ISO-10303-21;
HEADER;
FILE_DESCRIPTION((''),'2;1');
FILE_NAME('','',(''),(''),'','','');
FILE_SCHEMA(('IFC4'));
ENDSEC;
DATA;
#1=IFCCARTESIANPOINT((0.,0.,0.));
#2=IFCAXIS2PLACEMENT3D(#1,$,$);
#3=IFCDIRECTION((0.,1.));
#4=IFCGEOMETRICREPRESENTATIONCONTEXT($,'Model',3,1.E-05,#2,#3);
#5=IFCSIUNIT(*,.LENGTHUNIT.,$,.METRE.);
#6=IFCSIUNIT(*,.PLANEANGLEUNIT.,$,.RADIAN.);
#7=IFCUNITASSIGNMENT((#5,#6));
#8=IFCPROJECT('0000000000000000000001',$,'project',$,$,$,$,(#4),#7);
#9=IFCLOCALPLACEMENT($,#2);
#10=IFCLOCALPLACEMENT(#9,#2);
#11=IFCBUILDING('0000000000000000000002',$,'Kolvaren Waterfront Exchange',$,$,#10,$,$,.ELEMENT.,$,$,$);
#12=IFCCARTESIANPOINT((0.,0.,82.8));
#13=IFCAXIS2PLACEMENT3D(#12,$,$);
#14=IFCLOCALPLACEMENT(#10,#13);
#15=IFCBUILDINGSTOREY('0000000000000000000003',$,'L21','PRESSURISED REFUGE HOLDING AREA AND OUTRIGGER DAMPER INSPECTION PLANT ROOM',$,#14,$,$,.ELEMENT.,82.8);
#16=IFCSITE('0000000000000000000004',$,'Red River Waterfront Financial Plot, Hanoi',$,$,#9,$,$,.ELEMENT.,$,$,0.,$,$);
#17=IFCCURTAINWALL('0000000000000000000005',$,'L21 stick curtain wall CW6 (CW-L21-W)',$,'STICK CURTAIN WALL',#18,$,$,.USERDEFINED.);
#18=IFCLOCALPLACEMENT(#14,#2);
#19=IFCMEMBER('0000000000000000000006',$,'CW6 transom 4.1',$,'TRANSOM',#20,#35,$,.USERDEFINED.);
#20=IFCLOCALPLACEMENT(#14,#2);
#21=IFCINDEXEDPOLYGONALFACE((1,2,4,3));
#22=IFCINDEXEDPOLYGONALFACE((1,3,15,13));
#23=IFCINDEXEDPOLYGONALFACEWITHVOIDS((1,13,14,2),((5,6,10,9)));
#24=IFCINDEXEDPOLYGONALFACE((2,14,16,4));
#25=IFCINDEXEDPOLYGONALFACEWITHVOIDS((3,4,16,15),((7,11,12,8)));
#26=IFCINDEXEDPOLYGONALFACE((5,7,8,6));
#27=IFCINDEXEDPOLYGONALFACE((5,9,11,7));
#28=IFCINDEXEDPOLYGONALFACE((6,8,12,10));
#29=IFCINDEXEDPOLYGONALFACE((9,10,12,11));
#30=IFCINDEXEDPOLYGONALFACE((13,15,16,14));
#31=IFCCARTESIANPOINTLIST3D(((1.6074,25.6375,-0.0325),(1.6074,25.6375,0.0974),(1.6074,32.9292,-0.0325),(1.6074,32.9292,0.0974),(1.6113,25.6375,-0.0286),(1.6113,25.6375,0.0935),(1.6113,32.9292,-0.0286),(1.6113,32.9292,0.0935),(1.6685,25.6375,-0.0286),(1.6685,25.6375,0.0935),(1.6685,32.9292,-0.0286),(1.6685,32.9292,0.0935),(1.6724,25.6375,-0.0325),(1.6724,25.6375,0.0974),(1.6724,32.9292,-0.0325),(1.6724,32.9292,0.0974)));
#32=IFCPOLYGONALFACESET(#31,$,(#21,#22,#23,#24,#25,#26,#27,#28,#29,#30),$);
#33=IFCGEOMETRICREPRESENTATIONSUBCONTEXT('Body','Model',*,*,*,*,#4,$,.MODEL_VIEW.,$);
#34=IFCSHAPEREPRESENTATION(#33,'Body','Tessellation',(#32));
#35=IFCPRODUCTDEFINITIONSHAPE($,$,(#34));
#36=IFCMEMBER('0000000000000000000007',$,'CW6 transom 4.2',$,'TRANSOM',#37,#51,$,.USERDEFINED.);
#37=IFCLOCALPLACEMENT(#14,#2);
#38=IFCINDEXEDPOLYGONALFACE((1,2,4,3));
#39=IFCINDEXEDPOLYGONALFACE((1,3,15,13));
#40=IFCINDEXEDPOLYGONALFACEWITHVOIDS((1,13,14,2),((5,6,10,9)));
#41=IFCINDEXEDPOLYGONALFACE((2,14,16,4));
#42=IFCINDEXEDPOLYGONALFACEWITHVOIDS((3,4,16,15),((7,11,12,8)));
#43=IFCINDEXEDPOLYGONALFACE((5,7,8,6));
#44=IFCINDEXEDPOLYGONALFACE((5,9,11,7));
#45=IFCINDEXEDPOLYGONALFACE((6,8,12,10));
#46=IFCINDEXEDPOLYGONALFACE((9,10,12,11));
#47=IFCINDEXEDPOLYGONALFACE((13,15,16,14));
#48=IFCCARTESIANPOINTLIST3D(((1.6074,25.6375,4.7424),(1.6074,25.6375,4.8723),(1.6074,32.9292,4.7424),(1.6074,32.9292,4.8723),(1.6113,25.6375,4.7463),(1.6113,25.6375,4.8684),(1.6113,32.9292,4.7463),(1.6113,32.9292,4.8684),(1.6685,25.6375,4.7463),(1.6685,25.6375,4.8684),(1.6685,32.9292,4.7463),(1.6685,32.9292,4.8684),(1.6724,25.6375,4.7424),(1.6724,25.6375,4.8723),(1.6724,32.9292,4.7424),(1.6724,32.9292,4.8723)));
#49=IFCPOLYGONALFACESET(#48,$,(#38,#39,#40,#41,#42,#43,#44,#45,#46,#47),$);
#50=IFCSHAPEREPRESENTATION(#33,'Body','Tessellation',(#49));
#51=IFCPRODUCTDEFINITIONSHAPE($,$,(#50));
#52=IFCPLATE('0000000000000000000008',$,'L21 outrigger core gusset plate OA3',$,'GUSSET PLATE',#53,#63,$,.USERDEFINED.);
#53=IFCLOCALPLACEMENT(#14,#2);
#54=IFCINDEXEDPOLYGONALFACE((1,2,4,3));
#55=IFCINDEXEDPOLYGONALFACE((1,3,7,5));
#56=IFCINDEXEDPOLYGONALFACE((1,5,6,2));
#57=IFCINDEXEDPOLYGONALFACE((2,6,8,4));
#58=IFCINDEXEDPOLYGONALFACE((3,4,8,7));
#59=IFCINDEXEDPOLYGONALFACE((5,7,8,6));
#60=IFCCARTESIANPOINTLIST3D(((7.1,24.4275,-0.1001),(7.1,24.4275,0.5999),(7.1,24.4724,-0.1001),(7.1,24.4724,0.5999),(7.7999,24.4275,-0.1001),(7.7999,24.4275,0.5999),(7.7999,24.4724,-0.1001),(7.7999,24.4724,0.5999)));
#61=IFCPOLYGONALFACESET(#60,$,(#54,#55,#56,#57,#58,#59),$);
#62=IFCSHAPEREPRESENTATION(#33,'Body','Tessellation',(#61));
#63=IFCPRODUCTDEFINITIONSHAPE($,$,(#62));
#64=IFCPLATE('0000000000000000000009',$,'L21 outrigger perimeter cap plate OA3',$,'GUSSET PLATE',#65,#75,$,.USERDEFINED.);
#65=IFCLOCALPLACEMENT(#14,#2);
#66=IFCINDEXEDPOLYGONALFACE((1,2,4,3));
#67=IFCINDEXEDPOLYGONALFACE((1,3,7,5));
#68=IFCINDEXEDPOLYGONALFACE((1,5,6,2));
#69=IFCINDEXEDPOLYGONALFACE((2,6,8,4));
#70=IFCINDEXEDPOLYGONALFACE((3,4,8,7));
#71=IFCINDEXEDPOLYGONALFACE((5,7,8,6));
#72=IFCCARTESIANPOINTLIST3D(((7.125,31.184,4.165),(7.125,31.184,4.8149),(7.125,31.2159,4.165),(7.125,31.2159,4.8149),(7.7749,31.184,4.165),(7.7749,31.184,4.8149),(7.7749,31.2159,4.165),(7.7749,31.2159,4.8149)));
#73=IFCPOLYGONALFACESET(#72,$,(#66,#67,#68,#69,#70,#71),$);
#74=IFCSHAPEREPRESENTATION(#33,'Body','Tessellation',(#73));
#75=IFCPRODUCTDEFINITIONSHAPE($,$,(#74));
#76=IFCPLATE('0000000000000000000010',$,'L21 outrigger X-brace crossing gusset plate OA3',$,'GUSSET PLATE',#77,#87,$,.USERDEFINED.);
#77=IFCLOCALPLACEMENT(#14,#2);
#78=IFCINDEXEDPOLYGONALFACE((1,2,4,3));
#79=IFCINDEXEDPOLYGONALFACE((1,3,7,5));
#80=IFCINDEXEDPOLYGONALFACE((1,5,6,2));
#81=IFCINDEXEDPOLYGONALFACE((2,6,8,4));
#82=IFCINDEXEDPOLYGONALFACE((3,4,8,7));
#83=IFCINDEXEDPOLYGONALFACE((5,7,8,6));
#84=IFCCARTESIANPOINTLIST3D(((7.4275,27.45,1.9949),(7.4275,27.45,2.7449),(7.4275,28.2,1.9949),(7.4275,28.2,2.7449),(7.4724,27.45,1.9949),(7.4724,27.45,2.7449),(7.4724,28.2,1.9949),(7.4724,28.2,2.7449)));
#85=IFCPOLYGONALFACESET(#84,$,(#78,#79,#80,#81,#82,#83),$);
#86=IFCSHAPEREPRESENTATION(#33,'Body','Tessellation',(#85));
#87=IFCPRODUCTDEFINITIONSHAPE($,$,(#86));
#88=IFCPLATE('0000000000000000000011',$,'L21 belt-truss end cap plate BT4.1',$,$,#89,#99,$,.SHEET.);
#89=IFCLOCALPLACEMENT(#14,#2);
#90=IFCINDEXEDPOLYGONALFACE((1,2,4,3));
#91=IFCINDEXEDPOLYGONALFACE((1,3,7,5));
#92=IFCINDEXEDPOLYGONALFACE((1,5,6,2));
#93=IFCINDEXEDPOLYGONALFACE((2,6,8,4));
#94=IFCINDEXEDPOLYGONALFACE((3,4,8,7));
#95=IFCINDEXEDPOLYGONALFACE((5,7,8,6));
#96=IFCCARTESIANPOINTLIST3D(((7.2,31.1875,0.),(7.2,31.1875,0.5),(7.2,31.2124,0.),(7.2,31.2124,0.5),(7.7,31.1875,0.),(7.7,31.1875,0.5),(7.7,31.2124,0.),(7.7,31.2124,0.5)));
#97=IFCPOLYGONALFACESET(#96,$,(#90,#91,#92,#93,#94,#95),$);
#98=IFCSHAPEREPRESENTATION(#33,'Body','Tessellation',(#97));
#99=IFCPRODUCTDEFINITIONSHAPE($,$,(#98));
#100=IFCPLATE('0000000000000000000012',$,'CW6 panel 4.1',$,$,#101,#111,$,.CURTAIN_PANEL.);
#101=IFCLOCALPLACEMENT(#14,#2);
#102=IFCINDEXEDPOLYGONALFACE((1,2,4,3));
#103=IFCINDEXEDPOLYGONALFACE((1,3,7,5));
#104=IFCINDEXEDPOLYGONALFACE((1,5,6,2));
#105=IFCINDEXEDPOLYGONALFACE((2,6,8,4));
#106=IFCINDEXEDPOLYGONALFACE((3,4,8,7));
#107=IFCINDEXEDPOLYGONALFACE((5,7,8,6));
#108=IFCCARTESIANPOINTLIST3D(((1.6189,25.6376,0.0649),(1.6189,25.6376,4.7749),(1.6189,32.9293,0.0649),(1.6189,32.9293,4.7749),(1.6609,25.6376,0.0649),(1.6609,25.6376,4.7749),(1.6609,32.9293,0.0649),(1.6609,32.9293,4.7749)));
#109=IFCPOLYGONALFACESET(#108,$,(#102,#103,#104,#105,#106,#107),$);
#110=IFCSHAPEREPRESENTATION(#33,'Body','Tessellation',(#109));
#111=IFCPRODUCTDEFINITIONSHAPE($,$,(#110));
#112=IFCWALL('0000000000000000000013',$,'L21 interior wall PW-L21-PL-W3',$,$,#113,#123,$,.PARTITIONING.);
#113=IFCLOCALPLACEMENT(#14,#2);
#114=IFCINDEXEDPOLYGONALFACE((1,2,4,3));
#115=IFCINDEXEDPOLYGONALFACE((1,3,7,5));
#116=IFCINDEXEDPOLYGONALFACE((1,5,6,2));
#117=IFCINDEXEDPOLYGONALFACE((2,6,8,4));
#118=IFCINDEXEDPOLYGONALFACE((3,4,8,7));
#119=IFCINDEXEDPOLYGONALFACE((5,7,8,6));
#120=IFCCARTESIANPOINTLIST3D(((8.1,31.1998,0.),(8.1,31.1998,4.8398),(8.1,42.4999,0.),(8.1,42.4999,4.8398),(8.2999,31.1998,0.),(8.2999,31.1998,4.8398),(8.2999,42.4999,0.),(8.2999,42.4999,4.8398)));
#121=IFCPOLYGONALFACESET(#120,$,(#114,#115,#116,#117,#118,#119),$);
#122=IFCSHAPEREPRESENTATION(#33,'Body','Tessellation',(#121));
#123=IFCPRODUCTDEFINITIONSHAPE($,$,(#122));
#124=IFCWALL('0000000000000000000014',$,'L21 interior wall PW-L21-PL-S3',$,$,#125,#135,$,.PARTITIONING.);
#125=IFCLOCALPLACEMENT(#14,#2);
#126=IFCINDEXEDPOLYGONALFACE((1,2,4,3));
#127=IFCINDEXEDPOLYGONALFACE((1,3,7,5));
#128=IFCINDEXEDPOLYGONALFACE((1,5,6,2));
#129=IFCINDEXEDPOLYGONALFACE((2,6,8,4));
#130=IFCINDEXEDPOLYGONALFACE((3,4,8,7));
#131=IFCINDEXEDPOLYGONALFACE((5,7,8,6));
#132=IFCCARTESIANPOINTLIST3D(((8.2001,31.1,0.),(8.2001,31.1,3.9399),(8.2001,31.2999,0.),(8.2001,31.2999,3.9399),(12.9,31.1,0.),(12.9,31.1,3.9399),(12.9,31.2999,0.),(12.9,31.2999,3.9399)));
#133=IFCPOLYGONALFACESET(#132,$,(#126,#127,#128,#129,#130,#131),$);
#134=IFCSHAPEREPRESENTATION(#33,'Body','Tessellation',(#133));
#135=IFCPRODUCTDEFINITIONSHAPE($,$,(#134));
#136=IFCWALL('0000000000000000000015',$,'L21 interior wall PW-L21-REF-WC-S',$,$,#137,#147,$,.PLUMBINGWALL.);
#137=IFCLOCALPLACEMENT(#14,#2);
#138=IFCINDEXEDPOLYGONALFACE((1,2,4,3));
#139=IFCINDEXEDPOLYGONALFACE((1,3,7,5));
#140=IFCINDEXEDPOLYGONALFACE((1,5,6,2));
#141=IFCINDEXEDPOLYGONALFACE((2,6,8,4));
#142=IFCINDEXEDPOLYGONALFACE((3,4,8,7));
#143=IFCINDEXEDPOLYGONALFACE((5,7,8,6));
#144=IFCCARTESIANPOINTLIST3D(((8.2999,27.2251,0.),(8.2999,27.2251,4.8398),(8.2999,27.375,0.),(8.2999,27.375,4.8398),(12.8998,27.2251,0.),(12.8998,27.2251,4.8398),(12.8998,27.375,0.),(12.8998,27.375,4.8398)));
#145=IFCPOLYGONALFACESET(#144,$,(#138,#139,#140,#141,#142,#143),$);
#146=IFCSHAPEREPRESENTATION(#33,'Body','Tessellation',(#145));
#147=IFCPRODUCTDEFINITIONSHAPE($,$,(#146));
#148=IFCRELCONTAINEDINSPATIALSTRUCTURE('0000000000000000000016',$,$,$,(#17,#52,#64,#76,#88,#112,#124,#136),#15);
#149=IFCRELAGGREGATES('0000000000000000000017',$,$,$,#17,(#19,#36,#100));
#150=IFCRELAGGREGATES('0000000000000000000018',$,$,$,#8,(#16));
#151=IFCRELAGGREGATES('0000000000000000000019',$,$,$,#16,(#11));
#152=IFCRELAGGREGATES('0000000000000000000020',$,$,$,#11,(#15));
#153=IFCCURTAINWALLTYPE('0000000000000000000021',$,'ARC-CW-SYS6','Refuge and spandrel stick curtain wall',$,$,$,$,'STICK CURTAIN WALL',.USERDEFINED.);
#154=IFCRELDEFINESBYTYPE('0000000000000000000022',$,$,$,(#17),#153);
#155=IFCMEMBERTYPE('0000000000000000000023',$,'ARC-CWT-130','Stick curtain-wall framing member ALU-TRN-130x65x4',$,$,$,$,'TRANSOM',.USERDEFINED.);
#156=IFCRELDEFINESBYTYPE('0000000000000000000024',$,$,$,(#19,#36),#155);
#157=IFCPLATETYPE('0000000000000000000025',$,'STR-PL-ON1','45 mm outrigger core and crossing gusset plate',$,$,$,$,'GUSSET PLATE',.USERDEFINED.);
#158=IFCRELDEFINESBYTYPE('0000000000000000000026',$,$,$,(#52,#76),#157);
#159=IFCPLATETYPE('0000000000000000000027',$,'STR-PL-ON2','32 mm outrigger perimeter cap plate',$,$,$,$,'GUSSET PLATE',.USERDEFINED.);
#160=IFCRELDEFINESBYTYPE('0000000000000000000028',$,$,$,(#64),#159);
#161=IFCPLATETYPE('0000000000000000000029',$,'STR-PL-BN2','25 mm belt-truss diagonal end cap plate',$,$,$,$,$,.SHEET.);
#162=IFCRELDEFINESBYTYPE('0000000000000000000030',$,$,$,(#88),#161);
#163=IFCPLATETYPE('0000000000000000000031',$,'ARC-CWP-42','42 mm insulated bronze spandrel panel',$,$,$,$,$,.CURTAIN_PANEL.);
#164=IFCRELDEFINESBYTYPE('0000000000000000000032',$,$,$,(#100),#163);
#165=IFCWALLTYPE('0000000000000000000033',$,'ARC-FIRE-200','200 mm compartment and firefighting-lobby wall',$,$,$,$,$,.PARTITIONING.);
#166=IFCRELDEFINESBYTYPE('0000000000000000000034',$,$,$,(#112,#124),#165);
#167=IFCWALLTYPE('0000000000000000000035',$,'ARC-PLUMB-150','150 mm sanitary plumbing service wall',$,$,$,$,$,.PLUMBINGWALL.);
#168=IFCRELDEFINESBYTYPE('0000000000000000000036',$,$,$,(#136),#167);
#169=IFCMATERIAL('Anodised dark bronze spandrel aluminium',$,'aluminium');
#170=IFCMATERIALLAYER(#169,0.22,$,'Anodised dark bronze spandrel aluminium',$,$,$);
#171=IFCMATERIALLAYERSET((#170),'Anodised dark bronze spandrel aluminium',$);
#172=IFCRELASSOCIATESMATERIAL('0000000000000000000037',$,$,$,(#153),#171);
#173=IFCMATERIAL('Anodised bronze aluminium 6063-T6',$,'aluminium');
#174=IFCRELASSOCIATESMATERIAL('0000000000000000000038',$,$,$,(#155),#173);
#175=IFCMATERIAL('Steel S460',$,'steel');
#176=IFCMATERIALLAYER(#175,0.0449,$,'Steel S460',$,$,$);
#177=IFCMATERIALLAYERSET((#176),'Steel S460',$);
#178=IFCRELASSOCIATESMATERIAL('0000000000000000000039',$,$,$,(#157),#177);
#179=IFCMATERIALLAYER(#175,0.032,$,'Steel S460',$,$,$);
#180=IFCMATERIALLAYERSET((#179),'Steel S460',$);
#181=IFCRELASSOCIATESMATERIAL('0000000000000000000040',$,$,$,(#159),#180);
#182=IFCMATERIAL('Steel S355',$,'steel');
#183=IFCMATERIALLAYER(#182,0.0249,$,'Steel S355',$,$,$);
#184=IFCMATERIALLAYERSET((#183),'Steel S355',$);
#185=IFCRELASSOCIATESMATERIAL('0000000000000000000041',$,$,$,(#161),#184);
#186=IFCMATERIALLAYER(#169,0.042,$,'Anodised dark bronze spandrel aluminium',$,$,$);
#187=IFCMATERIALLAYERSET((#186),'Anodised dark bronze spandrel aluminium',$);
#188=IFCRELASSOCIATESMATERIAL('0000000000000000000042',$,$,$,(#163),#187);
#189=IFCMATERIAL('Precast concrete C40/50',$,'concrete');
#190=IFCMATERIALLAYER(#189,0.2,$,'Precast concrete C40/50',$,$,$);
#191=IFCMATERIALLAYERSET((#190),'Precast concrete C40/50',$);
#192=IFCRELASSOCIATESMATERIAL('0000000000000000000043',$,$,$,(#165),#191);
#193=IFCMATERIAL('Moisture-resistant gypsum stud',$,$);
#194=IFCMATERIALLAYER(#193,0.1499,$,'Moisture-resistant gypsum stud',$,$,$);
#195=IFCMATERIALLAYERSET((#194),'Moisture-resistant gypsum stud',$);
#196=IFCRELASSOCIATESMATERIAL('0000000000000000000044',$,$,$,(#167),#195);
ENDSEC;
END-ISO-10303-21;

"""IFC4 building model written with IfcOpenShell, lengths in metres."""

from ifc_helpers import new_model, si_unit, direction, frame, frame_2d, origin, origin_with_axes, origin_2d, place, context, subcontext, project, spatial, rectangle, hollow_rectangle, extrude, source, transform, mapped, material, layer, layer_set, material_profile, profile_set, type_object, element, aggregate, save


model = new_model("IFC4")

# Units and contexts
model_context = context("Model", 3, precision=1e-05, world=origin(), true_north=direction((0.0, 1.0)))
body_context = subcontext(model_context, "Body", "Model", "MODEL_VIEW")
ifc_project = project(units=[si_unit("LENGTHUNIT", "METRE"), si_unit("PLANEANGLEUNIT", "RADIAN")], contexts=[model_context])

# Site, building, storey
site_placement = place(None, origin())
site = spatial("IfcSite", under=ifc_project, at=site_placement, Name="Red River Waterfront Financial Plot, Hanoi", CompositionType="ELEMENT", RefElevation=0.0)
building_placement = place(site_placement, origin())
building = spatial("IfcBuilding", under=site, at=building_placement, Name="Kolvaren Waterfront Exchange", CompositionType="ELEMENT")
storey_placement = place(building_placement, frame((0.0, 0.0, 82.8)))
storey = spatial("IfcBuildingStorey", under=building, at=storey_placement, Name="L21", Description="PRESSURISED REFUGE HOLDING AREA AND OUTRIGGER DAMPER INSPECTION PLANT ROOM", CompositionType="ELEMENT", Elevation=82.8)

# Shared definitions
ifc_material_1 = material(Name="Steel S355", Category="steel")

# Shared definitions
ifc_material_2 = material(Name="Steel S460", Category="steel")

# Curtain wall, members
ifc_material_3 = material(Name="Anodised dark bronze spandrel aluminium", Category="aluminium")
ifc_layer_1 = layer(ifc_material_3, 0.22, Name="Anodised dark bronze spandrel aluminium")
ifc_layer_set_1 = layer_set([ifc_layer_1], Name="Anodised dark bronze spandrel aluminium")
curtain_wall_type = type_object("IfcCurtainWallType", Name="ARC-CW-SYS6", Description="Refuge and spandrel stick curtain wall", ElementType="STICK CURTAIN WALL", PredefinedType="USERDEFINED", material=ifc_layer_set_1)
curtain_wall_placement = place(storey_placement, origin())
curtain_wall = element("IfcCurtainWall", 1, at=curtain_wall_placement, inside=storey, type_object=curtain_wall_type, Name="L21 stick curtain wall CW6 (CW-L21-W)", ObjectType="STICK CURTAIN WALL", PredefinedType="USERDEFINED")
ifc_material_4 = material(Name="Anodised bronze aluminium 6063-T6", Category="aluminium")
ifc_material_profile_1 = material_profile(ifc_material_4, hollow_rectangle(XDim=0.0649, YDim=0.1299, WallThickness=0.0039, at=origin_2d()), Name="ALU-TRN-130x65x4")
ifc_profile_set_1 = profile_set([ifc_material_profile_1], Name="Anodised bronze aluminium 6063-T6")
member_type_1 = type_object("IfcMemberType", Name="ARC-CWT-130", Description="Stick curtain-wall framing member ALU-TRN-130x65x4", ElementType="TRANSOM", PredefinedType="USERDEFINED", material=ifc_profile_set_1)
shared_shape_1 = source(origin_with_axes(), body_context, "Body", "SweptSolid", [
    extrude(hollow_rectangle(XDim=0.0649, YDim=0.1299, WallThickness=0.0039, at=origin_2d()), origin(), (0.0, 0.0, 1.0), 7.2917),
])
member_1_placement = place(storey_placement, frame((1.6399, 25.6375, 0.0325), z_axis=(0.0, 1.0, 0.0), x_axis=(-1.0, 0.0, 0.0)))
member_1 = element("IfcMember", 2, at=member_1_placement, type_object=member_type_1, Name="CW6 transom 4.1", ObjectType="TRANSOM", PredefinedType="USERDEFINED", context=body_context, shape_type="MappedRepresentation", body=[
    mapped(shared_shape_1, transform((0.0, 0.0, 0.0), x_axis=(1.0, 0.0, 0.0), y_axis=(0.0, 1.0, 0.0), z_axis=(0.0, 0.0, 1.0), scale=1.0)),
])
member_2_placement = place(storey_placement, frame((1.6399, 25.6375, 4.8074), z_axis=(0.0, 1.0, 0.0), x_axis=(-1.0, 0.0, 0.0)))
member_2 = element("IfcMember", 3, at=member_2_placement, type_object=member_type_1, Name="CW6 transom 4.2", ObjectType="TRANSOM", PredefinedType="USERDEFINED", context=body_context, shape_type="MappedRepresentation", body=[
    mapped(shared_shape_1, transform((0.0, 0.0, 0.0), x_axis=(1.0, 0.0, 0.0), y_axis=(0.0, 1.0, 0.0), z_axis=(0.0, 0.0, 1.0), scale=1.0)),
])

# Plates
ifc_layer_2 = layer(ifc_material_2, 0.0449, Name="Steel S460")
ifc_layer_set_2 = layer_set([ifc_layer_2], Name="Steel S460")
plate_type_1 = type_object("IfcPlateType", Name="STR-PL-ON1", Description="45 mm outrigger core and crossing gusset plate", ElementType="GUSSET PLATE", PredefinedType="USERDEFINED", material=ifc_layer_set_2)
shared_shape_2 = source(origin_with_axes(), body_context, "Body", "SweptSolid", [
    extrude(rectangle(XDim=0.7, YDim=0.0449, at=origin_2d()), origin(), (0.0, 0.0, 1.0), 0.7),
])
plate_1_placement = place(storey_placement, frame((7.45, 24.45, -0.1001), z_axis=(0.0, 0.0, 1.0), x_axis=(1.0, 0.0, 0.0)))
element("IfcPlate", 4, at=plate_1_placement, inside=storey, type_object=plate_type_1, Name="L21 outrigger core gusset plate OA3", ObjectType="GUSSET PLATE", PredefinedType="USERDEFINED", context=body_context, shape_type="MappedRepresentation", body=[
    mapped(shared_shape_2, transform((0.0, 0.0, 0.0), x_axis=(1.0, 0.0, 0.0), y_axis=(0.0, 1.0, 0.0), z_axis=(0.0, 0.0, 1.0), scale=1.0)),
])
ifc_layer_3 = layer(ifc_material_2, 0.032, Name="Steel S460")
ifc_layer_set_3 = layer_set([ifc_layer_3], Name="Steel S460")
plate_type_2 = type_object("IfcPlateType", Name="STR-PL-ON2", Description="32 mm outrigger perimeter cap plate", ElementType="GUSSET PLATE", PredefinedType="USERDEFINED", material=ifc_layer_set_3)
shared_shape_3 = source(origin_with_axes(), body_context, "Body", "SweptSolid", [
    extrude(rectangle(XDim=0.6499, YDim=0.032, at=origin_2d()), origin(), (0.0, 0.0, 1.0), 0.6499),
])
plate_2_placement = place(storey_placement, frame((7.45, 31.2, 4.165), z_axis=(0.0, 0.0, 1.0), x_axis=(1.0, 0.0, 0.0)))
element("IfcPlate", 5, at=plate_2_placement, inside=storey, type_object=plate_type_2, Name="L21 outrigger perimeter cap plate OA3", ObjectType="GUSSET PLATE", PredefinedType="USERDEFINED", context=body_context, shape_type="MappedRepresentation", body=[
    mapped(shared_shape_3, transform((0.0, 0.0, 0.0), x_axis=(1.0, 0.0, 0.0), y_axis=(0.0, 1.0, 0.0), z_axis=(0.0, 0.0, 1.0), scale=1.0)),
])
shared_shape_4 = source(origin_with_axes(), body_context, "Body", "SweptSolid", [
    extrude(rectangle(XDim=0.0449, YDim=0.75, at=origin_2d()), origin(), (0.0, 0.0, 1.0), 0.75),
])
plate_3_placement = place(storey_placement, frame((7.45, 27.825, 1.9949), z_axis=(0.0, 0.0, 1.0), x_axis=(1.0, 0.0, 0.0)))
element("IfcPlate", 6, at=plate_3_placement, inside=storey, type_object=plate_type_1, Name="L21 outrigger X-brace crossing gusset plate OA3", ObjectType="GUSSET PLATE", PredefinedType="USERDEFINED", context=body_context, shape_type="MappedRepresentation", body=[
    mapped(shared_shape_4, transform((0.0, 0.0, 0.0), x_axis=(1.0, 0.0, 0.0), y_axis=(0.0, 1.0, 0.0), z_axis=(0.0, 0.0, 1.0), scale=1.0)),
])
ifc_layer_4 = layer(ifc_material_1, 0.0249, Name="Steel S355")
ifc_layer_set_4 = layer_set([ifc_layer_4], Name="Steel S355")
plate_type_3 = type_object("IfcPlateType", Name="STR-PL-BN2", Description="25 mm belt-truss diagonal end cap plate", PredefinedType="SHEET", material=ifc_layer_set_4)
shared_shape_5 = source(origin_with_axes(), body_context, "Body", "SweptSolid", [
    extrude(rectangle(XDim=0.5, YDim=0.0249, at=origin_2d()), origin(), (0.0, 0.0, 1.0), 0.5),
])
plate_4_placement = place(storey_placement, frame((7.45, 31.2, 0.0), z_axis=(0.0, 0.0, 1.0), x_axis=(1.0, 0.0, 0.0)))
element("IfcPlate", 7, at=plate_4_placement, inside=storey, type_object=plate_type_3, Name="L21 belt-truss end cap plate BT4.1", PredefinedType="SHEET", context=body_context, shape_type="MappedRepresentation", body=[
    mapped(shared_shape_5, transform((0.0, 0.0, 0.0), x_axis=(1.0, 0.0, 0.0), y_axis=(0.0, 1.0, 0.0), z_axis=(0.0, 0.0, 1.0), scale=1.0)),
])

# Plate
ifc_layer_5 = layer(ifc_material_3, 0.042, Name="Anodised dark bronze spandrel aluminium")
ifc_layer_set_5 = layer_set([ifc_layer_5], Name="Anodised dark bronze spandrel aluminium")
plate_type_4 = type_object("IfcPlateType", Name="ARC-CWP-42", Description="42 mm insulated bronze spandrel panel", PredefinedType="CURTAIN_PANEL", material=ifc_layer_set_5)
shared_shape_6 = source(origin_with_axes(), body_context, "Body", "SweptSolid", [
    extrude(rectangle(XDim=7.2917, YDim=0.042, at=origin_2d()), origin(), (0.0, 0.0, 1.0), 4.71),
])
plate_5_placement = place(storey_placement, frame((1.6399, 29.2834, 0.0649), z_axis=(0.0, 0.0, 1.0), x_axis=(0.0, 1.0, 0.0)))
plate_5 = element("IfcPlate", 8, at=plate_5_placement, type_object=plate_type_4, Name="CW6 panel 4.1", PredefinedType="CURTAIN_PANEL", context=body_context, shape_type="MappedRepresentation", body=[
    mapped(shared_shape_6, transform((0.0, 0.0, 0.0), x_axis=(1.0, 0.0, 0.0), y_axis=(0.0, 1.0, 0.0), z_axis=(0.0, 0.0, 1.0), scale=1.0)),
])
aggregate(curtain_wall, [member_1, member_2, plate_5])

# Walls
ifc_material_5 = material(Name="Precast concrete C40/50", Category="concrete")
ifc_layer_6 = layer(ifc_material_5, 0.2, Name="Precast concrete C40/50")
ifc_layer_set_6 = layer_set([ifc_layer_6], Name="Precast concrete C40/50")
wall_type_1 = type_object("IfcWallType", Name="ARC-FIRE-200", Description="200 mm compartment and firefighting-lobby wall", PredefinedType="PARTITIONING", material=ifc_layer_set_6)
wall_1_placement = place(storey_placement, frame((8.2, 31.2, 0.0), z_axis=(0.0, 0.0, 1.0), x_axis=(0.0, 1.0, 0.0)))
element("IfcWall", 9, at=wall_1_placement, inside=storey, type_object=wall_type_1, Name="L21 interior wall PW-L21-PL-W3", PredefinedType="PARTITIONING", context=body_context, shape_type="SweptSolid", body=[
    extrude(rectangle(XDim=11.3, YDim=0.2, at=frame_2d((5.6499, 0.0))), origin(), (0.0, 0.0, 1.0), 4.8398),
])
wall_2_placement = place(storey_placement, frame((8.2, 31.2, 0.0), z_axis=(0.0, 0.0, 1.0), x_axis=(1.0, 0.0, 0.0)))
element("IfcWall", 10, at=wall_2_placement, inside=storey, type_object=wall_type_1, Name="L21 interior wall PW-L21-PL-S3", PredefinedType="PARTITIONING", context=body_context, shape_type="SweptSolid", body=[
    extrude(rectangle(XDim=4.7, YDim=0.2, at=frame_2d((2.3501, 0.0))), origin(), (0.0, 0.0, 1.0), 3.9399),
])
ifc_material_6 = material(Name="Moisture-resistant gypsum stud")
ifc_layer_7 = layer(ifc_material_6, 0.1499, Name="Moisture-resistant gypsum stud")
ifc_layer_set_7 = layer_set([ifc_layer_7], Name="Moisture-resistant gypsum stud")
wall_type_2 = type_object("IfcWallType", Name="ARC-PLUMB-150", Description="150 mm sanitary plumbing service wall", PredefinedType="PLUMBINGWALL", material=ifc_layer_set_7)
wall_3_placement = place(storey_placement, frame((8.3, 27.3, 0.0), z_axis=(0.0, 0.0, 1.0), x_axis=(1.0, 0.0, 0.0)))
element("IfcWall", 11, at=wall_3_placement, inside=storey, type_object=wall_type_2, Name="L21 interior wall PW-L21-REF-WC-S", PredefinedType="PLUMBINGWALL", context=body_context, shape_type="SweptSolid", body=[
    extrude(rectangle(XDim=4.5999, YDim=0.1499, at=frame_2d((2.2998, 0.0))), origin(), (0.0, 0.0, 1.0), 4.8398),
])

save(model, "model.ifc")
